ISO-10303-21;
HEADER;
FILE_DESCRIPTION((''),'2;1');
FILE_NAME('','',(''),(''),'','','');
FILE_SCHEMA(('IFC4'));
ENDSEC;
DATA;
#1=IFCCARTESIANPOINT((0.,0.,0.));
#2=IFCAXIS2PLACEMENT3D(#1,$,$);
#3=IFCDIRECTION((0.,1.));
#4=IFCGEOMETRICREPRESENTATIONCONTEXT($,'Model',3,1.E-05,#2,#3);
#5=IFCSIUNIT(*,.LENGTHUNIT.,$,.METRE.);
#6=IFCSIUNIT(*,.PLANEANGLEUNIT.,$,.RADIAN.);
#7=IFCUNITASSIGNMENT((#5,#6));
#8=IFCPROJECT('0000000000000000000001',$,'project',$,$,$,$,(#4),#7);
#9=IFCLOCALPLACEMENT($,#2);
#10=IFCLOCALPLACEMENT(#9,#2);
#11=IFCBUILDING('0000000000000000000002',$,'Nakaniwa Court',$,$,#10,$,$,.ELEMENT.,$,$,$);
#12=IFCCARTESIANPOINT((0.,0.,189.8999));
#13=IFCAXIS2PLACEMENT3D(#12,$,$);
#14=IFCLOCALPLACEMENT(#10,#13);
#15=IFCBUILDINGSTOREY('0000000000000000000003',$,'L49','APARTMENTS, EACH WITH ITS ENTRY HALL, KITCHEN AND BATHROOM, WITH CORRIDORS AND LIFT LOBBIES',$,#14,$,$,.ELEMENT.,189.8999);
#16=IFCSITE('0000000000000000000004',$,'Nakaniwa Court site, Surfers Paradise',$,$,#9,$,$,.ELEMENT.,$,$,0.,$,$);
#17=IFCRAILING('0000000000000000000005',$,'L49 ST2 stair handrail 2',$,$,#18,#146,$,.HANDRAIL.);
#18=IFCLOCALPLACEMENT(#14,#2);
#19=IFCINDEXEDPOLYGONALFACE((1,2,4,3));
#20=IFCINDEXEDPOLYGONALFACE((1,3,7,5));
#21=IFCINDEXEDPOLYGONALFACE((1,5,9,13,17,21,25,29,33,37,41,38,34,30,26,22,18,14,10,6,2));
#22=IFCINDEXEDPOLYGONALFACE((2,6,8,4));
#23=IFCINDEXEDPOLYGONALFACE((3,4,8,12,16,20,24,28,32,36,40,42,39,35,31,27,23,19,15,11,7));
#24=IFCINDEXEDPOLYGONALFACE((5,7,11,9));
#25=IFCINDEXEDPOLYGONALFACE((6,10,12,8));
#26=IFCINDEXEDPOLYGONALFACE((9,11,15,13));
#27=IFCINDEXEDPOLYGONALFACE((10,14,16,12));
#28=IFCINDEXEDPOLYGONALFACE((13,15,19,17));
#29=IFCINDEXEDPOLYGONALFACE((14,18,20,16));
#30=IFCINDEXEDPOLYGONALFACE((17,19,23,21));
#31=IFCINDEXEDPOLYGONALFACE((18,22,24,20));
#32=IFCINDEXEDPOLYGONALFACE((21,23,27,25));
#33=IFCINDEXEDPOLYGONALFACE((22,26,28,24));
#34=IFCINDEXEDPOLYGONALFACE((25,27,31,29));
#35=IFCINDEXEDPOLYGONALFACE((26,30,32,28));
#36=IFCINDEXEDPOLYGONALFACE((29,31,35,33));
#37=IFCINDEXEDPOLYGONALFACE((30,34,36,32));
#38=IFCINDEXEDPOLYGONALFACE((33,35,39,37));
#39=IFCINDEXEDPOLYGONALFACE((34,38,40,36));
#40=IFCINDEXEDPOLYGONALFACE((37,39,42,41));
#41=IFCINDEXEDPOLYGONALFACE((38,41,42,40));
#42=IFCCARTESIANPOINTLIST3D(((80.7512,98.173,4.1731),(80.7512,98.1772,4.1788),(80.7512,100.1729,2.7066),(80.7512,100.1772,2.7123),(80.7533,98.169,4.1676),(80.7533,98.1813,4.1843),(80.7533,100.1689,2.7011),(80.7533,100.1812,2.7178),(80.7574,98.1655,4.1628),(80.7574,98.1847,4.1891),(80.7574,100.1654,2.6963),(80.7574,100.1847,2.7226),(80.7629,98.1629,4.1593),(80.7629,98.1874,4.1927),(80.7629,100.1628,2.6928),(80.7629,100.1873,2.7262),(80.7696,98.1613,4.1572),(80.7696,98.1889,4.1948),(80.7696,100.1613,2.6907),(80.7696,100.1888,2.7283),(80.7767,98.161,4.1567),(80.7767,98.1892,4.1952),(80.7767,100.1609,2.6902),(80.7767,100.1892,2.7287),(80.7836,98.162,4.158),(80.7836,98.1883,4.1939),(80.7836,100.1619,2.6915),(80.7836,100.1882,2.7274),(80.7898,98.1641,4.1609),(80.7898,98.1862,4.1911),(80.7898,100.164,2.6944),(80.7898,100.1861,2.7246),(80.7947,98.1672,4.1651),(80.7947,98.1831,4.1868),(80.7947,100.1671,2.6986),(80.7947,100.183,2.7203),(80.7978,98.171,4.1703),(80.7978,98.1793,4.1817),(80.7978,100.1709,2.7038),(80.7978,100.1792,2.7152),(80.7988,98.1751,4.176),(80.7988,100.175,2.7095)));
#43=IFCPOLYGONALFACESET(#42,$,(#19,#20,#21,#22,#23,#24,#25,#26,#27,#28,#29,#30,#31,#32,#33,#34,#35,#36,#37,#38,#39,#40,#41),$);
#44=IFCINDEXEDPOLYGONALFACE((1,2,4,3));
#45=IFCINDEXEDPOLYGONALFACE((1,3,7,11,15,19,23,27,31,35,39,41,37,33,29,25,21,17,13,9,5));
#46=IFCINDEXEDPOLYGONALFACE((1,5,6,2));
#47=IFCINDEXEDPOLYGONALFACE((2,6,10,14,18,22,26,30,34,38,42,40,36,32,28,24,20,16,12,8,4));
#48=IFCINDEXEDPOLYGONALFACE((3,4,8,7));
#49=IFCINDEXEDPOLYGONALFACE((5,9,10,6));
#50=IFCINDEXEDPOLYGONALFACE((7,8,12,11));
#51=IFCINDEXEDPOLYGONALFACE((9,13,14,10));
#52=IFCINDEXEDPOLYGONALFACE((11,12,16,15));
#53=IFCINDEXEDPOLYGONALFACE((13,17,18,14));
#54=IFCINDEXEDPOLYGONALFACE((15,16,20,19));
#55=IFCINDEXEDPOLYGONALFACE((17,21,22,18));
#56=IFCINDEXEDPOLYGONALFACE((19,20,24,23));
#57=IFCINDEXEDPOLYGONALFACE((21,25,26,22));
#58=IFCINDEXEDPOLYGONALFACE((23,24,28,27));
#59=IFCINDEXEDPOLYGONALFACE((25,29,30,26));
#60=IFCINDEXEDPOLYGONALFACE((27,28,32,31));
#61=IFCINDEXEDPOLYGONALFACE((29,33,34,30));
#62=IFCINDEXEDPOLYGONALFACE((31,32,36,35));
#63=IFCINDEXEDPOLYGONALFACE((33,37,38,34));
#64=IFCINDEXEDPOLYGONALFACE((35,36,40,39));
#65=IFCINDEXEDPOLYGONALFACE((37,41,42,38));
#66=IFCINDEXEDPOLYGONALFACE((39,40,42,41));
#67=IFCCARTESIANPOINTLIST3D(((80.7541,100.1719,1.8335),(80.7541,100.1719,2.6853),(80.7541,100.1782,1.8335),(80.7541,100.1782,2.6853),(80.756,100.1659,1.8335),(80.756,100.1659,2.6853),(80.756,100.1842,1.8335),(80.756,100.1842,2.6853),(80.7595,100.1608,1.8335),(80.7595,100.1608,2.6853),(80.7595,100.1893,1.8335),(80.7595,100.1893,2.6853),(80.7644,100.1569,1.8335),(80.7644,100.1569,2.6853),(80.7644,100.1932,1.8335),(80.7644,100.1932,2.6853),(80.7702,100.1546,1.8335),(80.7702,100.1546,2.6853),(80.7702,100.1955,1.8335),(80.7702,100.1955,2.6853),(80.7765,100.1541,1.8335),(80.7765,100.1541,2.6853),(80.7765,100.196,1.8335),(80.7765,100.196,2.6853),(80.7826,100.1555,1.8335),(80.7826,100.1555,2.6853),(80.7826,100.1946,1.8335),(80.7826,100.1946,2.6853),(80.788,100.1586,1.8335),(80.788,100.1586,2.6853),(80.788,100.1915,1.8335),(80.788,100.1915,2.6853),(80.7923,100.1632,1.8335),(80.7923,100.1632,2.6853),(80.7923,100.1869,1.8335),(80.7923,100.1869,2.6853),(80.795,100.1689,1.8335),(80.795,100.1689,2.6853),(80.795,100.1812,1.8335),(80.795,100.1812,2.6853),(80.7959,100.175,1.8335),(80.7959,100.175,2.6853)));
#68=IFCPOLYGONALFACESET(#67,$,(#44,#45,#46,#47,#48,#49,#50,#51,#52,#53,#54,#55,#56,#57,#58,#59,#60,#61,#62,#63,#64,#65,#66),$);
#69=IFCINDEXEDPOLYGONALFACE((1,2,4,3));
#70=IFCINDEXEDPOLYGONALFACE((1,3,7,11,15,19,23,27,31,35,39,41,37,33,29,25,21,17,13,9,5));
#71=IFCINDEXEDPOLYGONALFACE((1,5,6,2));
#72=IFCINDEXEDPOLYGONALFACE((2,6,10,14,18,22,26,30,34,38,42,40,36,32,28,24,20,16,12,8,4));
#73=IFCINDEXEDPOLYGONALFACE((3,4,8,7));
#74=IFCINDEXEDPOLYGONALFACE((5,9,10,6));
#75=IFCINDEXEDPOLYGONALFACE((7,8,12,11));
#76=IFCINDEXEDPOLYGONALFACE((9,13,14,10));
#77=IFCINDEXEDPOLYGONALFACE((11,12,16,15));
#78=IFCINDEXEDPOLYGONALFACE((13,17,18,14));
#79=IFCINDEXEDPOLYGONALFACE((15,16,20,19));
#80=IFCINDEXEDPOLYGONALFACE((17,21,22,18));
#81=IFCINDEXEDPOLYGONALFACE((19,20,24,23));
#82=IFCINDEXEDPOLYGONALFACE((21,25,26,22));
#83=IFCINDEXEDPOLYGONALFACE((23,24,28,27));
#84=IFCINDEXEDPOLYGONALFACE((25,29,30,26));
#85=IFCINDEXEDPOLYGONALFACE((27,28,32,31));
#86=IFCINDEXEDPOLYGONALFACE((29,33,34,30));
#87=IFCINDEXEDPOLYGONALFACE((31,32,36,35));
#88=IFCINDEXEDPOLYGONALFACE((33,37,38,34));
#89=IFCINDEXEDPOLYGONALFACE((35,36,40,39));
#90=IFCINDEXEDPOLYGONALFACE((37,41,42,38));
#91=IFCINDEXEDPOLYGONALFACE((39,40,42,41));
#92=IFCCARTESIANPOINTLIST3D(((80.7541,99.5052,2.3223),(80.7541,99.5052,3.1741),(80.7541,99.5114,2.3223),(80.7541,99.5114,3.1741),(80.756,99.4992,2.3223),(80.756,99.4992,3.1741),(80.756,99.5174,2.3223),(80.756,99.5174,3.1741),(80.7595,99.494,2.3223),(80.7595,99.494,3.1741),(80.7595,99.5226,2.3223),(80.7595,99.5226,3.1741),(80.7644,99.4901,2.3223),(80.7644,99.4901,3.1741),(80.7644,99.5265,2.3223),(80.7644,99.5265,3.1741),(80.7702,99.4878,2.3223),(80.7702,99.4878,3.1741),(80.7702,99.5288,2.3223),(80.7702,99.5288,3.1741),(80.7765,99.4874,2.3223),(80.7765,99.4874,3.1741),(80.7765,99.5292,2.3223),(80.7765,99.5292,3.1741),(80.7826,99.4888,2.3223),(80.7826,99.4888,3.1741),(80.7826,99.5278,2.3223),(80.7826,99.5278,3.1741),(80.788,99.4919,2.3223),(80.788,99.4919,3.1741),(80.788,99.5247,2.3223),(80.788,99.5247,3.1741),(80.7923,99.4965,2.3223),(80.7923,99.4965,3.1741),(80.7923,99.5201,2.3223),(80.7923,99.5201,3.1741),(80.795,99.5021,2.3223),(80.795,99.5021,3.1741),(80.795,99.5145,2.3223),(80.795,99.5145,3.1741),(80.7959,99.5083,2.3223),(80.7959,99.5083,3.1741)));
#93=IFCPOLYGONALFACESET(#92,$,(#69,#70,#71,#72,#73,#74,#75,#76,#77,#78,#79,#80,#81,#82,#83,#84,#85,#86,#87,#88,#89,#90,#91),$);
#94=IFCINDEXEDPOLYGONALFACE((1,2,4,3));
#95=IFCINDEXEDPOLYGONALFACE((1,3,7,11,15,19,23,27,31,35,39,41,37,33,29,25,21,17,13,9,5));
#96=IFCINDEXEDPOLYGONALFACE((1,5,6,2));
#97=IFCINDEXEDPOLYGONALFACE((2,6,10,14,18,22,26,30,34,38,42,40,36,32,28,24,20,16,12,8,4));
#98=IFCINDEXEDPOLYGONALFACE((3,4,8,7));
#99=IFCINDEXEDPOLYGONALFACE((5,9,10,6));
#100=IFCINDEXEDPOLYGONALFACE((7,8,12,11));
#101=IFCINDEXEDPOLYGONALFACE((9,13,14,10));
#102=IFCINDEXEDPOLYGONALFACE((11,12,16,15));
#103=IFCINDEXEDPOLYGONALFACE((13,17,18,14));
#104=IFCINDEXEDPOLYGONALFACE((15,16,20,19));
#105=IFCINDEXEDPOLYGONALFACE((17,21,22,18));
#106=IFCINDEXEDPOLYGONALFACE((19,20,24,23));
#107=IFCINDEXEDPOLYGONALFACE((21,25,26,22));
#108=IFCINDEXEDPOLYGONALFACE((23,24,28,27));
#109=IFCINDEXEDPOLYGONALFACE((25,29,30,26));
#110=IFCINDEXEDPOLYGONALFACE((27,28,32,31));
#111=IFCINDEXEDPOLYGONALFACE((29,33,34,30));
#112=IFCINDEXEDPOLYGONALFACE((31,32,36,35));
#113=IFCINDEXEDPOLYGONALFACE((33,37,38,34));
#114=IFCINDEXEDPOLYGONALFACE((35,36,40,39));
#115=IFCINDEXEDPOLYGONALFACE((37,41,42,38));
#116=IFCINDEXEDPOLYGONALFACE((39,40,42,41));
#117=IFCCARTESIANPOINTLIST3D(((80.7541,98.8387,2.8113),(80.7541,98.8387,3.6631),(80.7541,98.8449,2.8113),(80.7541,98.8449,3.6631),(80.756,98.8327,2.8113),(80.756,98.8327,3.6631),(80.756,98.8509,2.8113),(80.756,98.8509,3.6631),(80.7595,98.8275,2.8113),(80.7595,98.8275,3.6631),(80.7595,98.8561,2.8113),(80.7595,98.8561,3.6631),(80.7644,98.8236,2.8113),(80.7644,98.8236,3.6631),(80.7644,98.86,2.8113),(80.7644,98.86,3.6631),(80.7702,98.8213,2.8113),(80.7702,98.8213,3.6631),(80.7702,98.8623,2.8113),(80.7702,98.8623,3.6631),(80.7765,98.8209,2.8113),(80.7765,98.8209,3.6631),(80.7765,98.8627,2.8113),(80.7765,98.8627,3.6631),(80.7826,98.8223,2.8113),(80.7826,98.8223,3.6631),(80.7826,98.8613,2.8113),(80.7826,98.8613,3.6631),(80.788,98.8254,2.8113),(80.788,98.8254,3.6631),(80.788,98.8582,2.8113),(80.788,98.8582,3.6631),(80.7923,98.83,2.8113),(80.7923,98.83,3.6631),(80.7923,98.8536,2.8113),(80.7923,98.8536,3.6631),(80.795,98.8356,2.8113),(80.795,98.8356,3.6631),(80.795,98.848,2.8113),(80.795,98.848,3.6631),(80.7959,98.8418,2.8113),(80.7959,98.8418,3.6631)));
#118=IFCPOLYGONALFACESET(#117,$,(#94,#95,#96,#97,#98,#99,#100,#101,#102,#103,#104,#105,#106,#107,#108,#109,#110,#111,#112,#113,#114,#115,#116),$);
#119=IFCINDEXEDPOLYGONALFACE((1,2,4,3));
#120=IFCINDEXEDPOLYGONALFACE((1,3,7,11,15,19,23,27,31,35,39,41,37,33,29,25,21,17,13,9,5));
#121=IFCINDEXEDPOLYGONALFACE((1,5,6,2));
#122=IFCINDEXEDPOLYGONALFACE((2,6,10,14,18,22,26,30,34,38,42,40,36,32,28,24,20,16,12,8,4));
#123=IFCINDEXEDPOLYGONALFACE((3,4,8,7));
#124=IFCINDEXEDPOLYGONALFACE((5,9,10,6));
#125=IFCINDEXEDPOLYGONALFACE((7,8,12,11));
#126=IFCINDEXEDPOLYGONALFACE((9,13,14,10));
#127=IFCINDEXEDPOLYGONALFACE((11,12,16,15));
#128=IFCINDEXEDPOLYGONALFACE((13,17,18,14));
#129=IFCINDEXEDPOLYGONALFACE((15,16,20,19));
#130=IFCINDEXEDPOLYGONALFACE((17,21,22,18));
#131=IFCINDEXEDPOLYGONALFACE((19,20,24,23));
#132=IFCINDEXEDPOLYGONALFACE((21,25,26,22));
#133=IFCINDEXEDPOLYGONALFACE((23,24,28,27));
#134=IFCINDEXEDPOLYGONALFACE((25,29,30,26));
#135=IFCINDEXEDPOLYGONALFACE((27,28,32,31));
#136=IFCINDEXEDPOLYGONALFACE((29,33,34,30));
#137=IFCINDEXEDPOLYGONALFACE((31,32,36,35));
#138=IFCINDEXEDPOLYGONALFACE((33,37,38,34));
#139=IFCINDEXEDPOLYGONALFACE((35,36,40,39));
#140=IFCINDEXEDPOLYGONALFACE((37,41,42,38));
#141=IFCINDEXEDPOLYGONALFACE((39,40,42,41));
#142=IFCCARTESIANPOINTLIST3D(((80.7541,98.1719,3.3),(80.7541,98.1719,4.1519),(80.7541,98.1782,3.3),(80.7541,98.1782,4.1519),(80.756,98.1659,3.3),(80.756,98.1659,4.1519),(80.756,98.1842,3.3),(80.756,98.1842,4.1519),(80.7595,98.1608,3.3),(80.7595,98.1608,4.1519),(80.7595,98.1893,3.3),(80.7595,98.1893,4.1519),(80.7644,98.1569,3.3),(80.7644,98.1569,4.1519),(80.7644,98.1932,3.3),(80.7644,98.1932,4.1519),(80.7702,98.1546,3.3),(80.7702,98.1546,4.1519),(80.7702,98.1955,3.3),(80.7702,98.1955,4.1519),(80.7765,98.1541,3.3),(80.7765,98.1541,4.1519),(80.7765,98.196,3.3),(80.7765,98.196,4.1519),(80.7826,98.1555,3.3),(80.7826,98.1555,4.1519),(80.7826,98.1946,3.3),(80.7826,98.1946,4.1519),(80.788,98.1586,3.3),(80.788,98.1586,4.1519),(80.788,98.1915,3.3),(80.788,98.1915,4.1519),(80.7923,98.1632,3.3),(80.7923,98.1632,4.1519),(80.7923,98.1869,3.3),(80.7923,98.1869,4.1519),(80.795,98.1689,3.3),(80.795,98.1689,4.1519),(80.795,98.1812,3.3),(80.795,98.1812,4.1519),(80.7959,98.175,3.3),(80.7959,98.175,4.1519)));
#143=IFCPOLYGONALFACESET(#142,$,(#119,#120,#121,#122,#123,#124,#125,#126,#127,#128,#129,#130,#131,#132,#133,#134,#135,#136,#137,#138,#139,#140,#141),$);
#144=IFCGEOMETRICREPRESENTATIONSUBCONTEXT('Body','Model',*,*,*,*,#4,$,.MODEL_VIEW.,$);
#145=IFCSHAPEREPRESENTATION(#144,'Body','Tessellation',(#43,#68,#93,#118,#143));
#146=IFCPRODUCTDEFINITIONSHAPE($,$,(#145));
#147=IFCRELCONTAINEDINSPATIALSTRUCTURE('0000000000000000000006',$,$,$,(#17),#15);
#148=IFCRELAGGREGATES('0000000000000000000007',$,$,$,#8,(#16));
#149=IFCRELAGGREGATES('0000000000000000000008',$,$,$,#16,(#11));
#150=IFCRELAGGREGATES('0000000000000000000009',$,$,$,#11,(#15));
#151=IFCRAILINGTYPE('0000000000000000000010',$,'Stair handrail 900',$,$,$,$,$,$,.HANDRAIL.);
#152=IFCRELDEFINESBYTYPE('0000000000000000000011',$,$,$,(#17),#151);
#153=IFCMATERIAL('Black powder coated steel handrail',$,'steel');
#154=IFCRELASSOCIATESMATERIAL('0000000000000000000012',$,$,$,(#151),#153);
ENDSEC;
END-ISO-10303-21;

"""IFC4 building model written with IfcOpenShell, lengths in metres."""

from ifc_helpers import new_model, si_unit, direction, frame, origin, origin_2d, place, context, subcontext, project, spatial, circle, extrude, material, type_object, element, save


model = new_model("IFC4")

# Units and contexts
model_context = context("Model", 3, precision=1e-05, world=origin(), true_north=direction((0.0, 1.0)))
body_context = subcontext(model_context, "Body", "Model", "MODEL_VIEW")
ifc_project = project(units=[si_unit("LENGTHUNIT", "METRE"), si_unit("PLANEANGLEUNIT", "RADIAN")], contexts=[model_context])

# Site, building, storey
site_placement = place(None, origin())
site = spatial("IfcSite", under=ifc_project, at=site_placement, Name="Nakaniwa Court site, Surfers Paradise", CompositionType="ELEMENT", RefElevation=0.0)
building_placement = place(site_placement, origin())
building = spatial("IfcBuilding", under=site, at=building_placement, Name="Nakaniwa Court", CompositionType="ELEMENT")
storey_placement = place(building_placement, frame((0.0, 0.0, 189.8999)))
storey = spatial("IfcBuildingStorey", under=building, at=storey_placement, Name="L49", Description="APARTMENTS, EACH WITH ITS ENTRY HALL, KITCHEN AND BATHROOM, WITH CORRIDORS AND LIFT LOBBIES", CompositionType="ELEMENT", Elevation=189.8999)

# Railing
ifc_material_1 = material(Name="Black powder coated steel handrail", Category="steel")
railing_type_1 = type_object("IfcRailingType", Name="Stair handrail 900", PredefinedType="HANDRAIL", material=ifc_material_1)
railing_1_placement = place(storey_placement, frame((80.7749, 100.175, 1.8335)))
element("IfcRailing", 1, at=railing_1_placement, inside=storey, type_object=railing_type_1, Name="L49 ST2 stair handrail 2", PredefinedType="HANDRAIL", context=body_context, shape_type="SweptSolid", body=[
    extrude(circle(Radius=0.0239, at=origin_2d()), frame((0.0, 0.0, 0.876), z_axis=(0.0, -0.806427, 0.591334), x_axis=(1.0, 0.0, 0.0)), (0.0, 0.0, 1.0), 2.48),
    extrude(circle(Radius=0.021, at=origin_2d()), origin(), (0.0, 0.0, 1.0), 0.8518),
    extrude(circle(Radius=0.021, at=origin_2d()), frame((0.0, -0.6667, 0.4888)), (0.0, 0.0, 1.0), 0.8518),
    extrude(circle(Radius=0.021, at=origin_2d()), frame((0.0, -1.3333, 0.9778)), (0.0, 0.0, 1.0), 0.8518),
    extrude(circle(Radius=0.021, at=origin_2d()), frame((0.0, -2.0, 1.4666)), (0.0, 0.0, 1.0), 0.8518),
])

save(model, "model.ifc")
